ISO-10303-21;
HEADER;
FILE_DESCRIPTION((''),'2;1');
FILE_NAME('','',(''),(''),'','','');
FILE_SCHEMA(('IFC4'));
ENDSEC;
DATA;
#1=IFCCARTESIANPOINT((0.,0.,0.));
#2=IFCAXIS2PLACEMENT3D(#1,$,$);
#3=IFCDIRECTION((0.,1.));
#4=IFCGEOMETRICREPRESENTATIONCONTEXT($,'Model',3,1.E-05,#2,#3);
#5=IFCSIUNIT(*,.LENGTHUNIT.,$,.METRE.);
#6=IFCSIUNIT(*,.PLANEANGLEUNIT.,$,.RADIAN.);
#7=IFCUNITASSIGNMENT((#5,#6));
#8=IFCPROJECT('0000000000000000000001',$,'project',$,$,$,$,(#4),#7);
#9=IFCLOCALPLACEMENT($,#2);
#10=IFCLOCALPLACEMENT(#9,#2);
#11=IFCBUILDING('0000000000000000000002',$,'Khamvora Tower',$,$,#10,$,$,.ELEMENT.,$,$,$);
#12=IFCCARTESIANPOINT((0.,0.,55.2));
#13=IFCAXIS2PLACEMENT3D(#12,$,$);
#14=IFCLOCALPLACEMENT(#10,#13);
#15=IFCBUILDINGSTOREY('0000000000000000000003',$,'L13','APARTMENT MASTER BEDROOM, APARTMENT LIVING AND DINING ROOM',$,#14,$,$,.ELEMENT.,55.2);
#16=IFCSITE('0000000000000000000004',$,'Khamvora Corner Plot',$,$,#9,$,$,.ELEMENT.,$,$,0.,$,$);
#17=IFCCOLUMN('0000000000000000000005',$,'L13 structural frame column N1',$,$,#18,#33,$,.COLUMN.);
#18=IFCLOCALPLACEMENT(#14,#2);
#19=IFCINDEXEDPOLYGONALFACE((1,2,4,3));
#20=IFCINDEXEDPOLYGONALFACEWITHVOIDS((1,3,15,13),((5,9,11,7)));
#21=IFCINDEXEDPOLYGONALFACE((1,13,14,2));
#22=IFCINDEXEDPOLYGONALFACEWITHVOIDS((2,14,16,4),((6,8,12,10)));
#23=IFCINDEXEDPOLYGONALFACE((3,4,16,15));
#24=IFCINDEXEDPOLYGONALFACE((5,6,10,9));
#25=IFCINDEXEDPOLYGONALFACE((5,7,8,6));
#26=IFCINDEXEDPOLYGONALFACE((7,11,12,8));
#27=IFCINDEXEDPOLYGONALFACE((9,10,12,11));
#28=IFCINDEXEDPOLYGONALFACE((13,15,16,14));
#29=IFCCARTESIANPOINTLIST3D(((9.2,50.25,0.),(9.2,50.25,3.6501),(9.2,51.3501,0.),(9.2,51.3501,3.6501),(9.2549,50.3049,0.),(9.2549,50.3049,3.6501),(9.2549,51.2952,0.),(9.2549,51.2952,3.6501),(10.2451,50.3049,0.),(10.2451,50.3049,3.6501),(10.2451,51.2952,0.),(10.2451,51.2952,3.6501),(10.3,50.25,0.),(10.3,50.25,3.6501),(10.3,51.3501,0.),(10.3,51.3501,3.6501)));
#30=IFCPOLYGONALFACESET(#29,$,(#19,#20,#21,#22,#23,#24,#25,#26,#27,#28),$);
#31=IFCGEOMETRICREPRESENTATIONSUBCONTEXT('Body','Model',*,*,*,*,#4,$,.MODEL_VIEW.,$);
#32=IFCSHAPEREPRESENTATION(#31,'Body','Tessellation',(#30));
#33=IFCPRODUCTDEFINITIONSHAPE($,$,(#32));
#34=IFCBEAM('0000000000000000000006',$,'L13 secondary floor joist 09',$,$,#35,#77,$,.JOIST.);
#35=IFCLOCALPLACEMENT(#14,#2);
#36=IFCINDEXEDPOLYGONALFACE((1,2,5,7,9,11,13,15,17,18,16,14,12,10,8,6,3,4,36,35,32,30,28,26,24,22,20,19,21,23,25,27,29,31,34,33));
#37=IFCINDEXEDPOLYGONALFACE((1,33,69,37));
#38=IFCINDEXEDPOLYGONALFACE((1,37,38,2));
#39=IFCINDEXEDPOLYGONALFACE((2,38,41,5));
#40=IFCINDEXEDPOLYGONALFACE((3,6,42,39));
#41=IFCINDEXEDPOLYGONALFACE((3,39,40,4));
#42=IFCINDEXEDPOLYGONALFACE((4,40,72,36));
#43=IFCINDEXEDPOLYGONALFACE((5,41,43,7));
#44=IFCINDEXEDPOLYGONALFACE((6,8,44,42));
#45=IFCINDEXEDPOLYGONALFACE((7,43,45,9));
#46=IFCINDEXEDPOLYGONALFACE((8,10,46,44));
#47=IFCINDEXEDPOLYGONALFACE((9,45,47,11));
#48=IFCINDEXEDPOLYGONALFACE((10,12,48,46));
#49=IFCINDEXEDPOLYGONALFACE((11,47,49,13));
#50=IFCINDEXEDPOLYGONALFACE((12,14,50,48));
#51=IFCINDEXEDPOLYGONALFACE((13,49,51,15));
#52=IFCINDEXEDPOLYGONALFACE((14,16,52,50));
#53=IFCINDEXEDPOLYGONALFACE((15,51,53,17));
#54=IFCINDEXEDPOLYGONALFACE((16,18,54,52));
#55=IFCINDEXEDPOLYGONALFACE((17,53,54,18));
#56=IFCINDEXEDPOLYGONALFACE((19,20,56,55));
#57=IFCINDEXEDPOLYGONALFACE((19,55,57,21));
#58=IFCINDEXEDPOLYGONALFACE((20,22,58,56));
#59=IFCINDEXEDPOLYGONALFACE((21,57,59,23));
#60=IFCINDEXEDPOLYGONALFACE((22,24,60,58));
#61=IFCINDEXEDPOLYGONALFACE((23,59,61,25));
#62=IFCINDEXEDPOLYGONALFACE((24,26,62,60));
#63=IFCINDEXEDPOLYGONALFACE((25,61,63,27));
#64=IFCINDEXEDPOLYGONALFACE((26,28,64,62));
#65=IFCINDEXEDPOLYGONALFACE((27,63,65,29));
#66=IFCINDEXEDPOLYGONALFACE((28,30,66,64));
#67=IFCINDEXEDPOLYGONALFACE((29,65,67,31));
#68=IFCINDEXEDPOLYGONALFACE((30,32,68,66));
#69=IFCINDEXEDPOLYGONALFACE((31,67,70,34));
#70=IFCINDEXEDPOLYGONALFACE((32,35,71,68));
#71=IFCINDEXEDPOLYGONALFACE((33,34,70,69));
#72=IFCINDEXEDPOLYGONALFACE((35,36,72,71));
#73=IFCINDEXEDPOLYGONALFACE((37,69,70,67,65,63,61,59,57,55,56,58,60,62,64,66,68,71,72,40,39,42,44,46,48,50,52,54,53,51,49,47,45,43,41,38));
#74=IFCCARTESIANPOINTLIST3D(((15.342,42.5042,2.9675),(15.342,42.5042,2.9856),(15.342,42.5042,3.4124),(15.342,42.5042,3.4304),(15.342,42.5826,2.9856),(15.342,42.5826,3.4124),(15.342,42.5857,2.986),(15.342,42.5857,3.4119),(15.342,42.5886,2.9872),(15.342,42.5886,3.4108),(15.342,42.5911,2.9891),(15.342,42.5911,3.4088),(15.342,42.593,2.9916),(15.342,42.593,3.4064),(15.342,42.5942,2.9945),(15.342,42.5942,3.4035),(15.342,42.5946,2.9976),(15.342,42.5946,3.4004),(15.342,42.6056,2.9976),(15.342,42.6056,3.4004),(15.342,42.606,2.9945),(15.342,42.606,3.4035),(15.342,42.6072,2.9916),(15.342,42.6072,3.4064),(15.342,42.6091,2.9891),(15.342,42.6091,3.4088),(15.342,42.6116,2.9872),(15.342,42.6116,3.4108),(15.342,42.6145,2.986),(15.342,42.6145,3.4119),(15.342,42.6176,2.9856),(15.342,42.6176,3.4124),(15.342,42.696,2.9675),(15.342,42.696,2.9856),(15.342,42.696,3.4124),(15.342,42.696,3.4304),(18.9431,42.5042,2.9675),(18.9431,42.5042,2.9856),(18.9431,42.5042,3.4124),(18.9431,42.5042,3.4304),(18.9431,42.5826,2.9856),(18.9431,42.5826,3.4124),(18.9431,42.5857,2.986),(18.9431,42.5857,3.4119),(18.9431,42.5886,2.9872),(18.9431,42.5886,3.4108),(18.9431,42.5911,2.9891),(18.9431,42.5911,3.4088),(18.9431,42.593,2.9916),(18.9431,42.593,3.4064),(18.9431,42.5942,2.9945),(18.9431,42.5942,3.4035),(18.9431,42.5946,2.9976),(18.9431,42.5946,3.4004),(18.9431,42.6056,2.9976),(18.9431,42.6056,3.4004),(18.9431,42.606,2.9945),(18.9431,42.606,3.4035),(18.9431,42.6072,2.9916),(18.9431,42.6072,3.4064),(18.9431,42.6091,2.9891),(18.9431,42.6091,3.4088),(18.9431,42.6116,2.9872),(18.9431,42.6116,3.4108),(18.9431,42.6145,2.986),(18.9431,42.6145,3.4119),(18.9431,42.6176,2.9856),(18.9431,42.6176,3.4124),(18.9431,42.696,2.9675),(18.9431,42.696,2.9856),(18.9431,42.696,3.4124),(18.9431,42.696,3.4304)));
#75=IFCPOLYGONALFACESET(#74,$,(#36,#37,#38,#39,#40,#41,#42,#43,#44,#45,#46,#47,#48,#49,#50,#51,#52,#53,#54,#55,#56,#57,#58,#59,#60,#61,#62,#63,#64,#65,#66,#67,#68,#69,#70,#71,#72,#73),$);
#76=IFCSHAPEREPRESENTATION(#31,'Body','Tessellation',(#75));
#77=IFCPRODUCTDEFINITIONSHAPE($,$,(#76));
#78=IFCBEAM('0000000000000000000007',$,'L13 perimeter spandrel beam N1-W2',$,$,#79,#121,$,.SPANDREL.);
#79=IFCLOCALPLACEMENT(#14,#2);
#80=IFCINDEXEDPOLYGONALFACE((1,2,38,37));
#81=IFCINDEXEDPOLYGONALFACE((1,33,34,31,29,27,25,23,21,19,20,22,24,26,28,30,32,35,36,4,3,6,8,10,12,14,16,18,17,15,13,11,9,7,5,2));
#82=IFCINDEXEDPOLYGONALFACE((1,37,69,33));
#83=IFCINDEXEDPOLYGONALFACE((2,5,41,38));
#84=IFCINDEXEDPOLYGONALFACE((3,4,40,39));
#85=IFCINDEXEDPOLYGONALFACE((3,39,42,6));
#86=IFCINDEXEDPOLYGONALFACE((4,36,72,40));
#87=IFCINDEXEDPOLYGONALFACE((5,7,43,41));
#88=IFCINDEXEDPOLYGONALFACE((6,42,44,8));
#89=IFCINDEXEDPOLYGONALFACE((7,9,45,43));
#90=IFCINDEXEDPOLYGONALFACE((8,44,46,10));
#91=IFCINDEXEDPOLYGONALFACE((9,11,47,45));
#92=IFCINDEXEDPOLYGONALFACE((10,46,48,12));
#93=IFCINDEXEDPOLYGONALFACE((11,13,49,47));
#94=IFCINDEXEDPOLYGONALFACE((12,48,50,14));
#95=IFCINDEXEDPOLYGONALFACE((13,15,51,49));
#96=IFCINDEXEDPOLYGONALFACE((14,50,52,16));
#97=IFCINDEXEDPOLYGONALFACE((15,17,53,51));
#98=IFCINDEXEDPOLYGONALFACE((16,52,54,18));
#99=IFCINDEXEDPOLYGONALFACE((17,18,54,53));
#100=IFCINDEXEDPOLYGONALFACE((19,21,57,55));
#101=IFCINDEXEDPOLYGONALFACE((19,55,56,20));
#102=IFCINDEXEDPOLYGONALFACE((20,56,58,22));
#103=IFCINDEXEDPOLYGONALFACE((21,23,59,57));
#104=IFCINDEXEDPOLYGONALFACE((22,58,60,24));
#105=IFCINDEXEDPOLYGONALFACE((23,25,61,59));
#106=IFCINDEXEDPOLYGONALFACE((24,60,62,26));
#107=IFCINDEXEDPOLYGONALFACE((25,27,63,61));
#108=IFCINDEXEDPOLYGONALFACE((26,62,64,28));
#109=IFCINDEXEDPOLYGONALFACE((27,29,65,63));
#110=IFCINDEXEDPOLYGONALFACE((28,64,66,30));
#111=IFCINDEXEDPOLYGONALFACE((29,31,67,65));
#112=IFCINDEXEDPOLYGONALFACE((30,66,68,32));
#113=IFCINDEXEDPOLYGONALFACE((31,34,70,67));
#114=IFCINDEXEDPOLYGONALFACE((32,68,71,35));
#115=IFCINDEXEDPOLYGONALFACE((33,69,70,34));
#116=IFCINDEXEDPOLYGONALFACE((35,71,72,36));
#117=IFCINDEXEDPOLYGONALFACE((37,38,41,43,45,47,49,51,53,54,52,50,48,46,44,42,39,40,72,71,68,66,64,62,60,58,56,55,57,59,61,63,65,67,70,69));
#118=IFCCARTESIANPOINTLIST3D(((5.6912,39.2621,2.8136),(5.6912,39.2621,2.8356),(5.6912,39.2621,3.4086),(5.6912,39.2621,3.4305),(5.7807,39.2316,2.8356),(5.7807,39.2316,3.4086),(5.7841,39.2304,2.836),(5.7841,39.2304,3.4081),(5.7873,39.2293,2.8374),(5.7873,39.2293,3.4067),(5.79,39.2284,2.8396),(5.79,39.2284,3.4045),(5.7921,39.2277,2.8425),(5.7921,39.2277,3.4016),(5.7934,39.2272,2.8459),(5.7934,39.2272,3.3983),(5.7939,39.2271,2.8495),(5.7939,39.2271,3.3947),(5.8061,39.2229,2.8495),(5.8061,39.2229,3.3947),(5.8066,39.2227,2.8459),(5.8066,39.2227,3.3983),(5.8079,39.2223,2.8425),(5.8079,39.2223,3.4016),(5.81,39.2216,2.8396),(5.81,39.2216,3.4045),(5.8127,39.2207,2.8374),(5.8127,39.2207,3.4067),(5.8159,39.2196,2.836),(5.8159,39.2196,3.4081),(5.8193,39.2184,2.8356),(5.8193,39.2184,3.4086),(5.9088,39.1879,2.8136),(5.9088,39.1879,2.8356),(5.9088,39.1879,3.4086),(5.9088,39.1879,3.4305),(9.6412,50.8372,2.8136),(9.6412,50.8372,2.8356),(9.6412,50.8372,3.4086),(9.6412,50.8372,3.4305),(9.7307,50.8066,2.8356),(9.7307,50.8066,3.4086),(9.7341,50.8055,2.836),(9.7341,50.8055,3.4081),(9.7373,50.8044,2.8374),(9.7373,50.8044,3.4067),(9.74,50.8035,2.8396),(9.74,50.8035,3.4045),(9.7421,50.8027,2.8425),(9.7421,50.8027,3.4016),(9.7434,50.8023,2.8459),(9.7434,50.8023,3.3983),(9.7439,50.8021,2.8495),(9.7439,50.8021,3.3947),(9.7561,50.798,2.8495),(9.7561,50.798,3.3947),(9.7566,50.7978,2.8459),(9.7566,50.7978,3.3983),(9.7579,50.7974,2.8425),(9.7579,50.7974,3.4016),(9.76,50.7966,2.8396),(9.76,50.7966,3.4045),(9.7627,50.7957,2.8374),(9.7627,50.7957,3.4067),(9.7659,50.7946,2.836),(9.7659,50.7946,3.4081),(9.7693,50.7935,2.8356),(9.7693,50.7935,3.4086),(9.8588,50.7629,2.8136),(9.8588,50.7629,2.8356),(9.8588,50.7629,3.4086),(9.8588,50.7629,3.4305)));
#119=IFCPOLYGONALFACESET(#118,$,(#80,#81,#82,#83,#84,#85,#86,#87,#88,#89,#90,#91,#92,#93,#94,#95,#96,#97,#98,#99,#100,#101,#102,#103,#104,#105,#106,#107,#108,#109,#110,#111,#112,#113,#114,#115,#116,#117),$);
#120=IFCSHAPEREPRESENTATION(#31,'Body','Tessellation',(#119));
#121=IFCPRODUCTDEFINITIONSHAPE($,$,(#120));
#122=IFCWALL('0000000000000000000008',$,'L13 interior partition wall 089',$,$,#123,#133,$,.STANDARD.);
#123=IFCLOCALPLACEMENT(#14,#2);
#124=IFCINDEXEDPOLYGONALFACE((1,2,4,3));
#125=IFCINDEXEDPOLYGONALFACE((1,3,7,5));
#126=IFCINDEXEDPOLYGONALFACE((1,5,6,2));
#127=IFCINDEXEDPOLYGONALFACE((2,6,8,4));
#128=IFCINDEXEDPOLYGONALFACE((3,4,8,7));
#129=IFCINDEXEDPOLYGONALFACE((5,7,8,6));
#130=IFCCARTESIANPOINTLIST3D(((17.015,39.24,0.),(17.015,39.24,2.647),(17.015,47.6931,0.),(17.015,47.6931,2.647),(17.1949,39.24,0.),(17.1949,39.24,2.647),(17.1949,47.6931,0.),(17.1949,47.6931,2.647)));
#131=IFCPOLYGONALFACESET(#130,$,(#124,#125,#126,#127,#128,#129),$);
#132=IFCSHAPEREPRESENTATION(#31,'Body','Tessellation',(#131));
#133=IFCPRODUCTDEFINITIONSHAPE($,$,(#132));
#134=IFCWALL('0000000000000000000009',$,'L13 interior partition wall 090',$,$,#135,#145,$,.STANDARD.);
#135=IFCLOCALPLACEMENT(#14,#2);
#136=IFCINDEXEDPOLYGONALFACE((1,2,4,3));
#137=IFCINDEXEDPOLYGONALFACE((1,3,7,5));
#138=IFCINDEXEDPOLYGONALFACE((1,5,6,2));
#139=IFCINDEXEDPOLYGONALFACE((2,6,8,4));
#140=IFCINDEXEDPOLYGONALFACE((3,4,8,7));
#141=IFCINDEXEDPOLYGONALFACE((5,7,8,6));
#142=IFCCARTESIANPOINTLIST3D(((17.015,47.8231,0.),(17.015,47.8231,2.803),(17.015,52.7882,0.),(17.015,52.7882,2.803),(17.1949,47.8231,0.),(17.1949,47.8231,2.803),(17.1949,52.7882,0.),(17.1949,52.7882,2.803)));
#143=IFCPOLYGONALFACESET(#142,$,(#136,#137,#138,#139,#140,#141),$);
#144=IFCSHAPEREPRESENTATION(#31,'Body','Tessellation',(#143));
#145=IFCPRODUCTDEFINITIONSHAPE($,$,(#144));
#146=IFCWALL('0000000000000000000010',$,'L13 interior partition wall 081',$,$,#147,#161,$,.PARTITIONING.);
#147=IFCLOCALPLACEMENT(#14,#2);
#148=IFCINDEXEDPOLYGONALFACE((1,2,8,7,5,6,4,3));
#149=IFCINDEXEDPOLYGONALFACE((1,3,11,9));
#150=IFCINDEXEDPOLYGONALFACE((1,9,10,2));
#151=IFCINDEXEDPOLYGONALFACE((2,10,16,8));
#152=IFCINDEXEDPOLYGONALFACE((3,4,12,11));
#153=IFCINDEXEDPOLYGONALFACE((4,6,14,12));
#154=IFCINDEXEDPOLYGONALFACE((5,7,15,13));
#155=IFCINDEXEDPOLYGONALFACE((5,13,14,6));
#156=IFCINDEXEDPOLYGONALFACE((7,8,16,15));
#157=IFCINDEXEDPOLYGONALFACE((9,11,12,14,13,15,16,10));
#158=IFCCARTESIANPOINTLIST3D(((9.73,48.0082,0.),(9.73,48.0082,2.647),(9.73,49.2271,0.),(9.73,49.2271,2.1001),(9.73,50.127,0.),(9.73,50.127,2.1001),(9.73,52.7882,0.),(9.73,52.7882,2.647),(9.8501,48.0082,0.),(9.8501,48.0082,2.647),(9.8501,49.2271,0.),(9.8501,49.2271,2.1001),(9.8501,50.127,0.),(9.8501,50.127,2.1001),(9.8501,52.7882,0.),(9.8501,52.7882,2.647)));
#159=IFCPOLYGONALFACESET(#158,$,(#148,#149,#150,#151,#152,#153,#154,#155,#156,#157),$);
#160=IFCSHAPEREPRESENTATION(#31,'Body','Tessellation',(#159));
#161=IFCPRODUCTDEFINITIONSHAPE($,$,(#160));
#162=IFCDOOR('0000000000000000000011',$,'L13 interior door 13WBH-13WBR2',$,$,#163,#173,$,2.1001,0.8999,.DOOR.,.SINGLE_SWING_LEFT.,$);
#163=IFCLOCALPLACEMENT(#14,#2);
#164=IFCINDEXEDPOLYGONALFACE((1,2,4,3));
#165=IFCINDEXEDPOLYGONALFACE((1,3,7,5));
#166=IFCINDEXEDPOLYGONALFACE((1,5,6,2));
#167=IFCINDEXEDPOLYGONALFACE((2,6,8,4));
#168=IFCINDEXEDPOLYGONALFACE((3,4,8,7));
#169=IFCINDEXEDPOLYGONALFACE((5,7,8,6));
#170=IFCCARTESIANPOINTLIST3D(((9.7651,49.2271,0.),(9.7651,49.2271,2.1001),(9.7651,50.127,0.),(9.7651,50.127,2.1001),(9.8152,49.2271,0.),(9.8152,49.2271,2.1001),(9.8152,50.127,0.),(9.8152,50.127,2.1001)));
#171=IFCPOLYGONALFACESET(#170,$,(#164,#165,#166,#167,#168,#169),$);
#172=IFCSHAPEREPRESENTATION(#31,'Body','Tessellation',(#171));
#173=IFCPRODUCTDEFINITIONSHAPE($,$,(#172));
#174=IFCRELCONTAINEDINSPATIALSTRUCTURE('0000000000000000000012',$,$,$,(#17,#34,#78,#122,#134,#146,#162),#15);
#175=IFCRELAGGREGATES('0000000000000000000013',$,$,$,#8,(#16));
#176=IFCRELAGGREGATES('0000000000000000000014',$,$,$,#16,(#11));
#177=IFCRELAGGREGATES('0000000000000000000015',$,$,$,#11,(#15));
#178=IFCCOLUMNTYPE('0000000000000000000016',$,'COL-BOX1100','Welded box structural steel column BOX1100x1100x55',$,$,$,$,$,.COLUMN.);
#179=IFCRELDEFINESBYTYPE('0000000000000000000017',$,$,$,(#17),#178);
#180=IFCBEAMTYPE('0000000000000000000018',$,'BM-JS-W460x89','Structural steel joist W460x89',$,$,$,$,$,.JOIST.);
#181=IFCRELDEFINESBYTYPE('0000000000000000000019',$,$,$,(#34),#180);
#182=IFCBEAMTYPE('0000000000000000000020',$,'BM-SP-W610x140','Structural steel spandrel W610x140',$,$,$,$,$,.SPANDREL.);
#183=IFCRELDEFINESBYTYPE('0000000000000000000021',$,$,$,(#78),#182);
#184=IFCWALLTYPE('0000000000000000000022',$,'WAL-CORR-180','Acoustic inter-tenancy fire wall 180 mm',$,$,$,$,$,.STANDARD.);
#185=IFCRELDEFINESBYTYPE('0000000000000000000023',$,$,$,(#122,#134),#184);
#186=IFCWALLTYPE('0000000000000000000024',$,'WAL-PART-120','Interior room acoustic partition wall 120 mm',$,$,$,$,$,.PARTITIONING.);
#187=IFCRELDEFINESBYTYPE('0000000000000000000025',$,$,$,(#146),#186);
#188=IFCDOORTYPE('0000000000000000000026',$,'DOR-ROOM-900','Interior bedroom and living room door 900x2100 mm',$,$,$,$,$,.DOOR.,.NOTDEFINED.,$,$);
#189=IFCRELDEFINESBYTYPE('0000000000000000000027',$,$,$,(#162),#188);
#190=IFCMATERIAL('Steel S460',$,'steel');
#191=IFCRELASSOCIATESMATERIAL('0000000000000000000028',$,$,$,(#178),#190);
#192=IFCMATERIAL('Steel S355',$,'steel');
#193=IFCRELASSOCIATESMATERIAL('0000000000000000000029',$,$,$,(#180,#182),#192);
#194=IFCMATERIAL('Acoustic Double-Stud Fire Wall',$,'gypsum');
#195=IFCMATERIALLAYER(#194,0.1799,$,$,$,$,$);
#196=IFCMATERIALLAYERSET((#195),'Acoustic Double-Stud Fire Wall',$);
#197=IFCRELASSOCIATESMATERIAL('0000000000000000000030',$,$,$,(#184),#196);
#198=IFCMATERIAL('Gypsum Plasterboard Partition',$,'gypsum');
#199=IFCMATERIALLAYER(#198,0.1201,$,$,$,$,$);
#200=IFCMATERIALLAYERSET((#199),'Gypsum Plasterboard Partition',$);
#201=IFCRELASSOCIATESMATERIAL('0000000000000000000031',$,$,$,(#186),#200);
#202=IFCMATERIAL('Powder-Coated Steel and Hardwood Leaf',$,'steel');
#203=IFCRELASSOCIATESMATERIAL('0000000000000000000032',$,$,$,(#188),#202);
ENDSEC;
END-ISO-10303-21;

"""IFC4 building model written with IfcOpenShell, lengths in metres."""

from ifc_helpers import new_model, si_unit, direction, frame, frame_2d, origin, origin_2d, place, context, subcontext, project, spatial, rectangle, hollow_rectangle, i_section, extrude, material, layer, layer_set, material_profile, profile_set, type_object, element, fill, save


model = new_model("IFC4")

# Units and contexts
model_context = context("Model", 3, precision=1e-05, world=origin(), true_north=direction((0.0, 1.0)))
body_context = subcontext(model_context, "Body", "Model", "MODEL_VIEW")
ifc_project = project(units=[si_unit("LENGTHUNIT", "METRE"), si_unit("PLANEANGLEUNIT", "RADIAN")], contexts=[model_context])

# Site, building, storey
site_placement = place(None, origin())
site = spatial("IfcSite", under=ifc_project, at=site_placement, Name="Khamvora Corner Plot", CompositionType="ELEMENT", RefElevation=0.0)
building_placement = place(site_placement, origin())
building = spatial("IfcBuilding", under=site, at=building_placement, Name="Khamvora Tower", CompositionType="ELEMENT")
storey_placement = place(building_placement, frame((0.0, 0.0, 55.2)))
storey = spatial("IfcBuildingStorey", under=building, at=storey_placement, Name="L13", Description="APARTMENT MASTER BEDROOM, APARTMENT LIVING AND DINING ROOM", CompositionType="ELEMENT", Elevation=55.2)

# Column
ifc_material_1 = material(Name="Steel S460", Category="steel")
ifc_material_profile_1 = material_profile(ifc_material_1, hollow_rectangle(XDim=1.1001, YDim=1.1001, WallThickness=0.0549, at=origin_2d()), Name="BOX1100x1100x55")
ifc_profile_set_1 = profile_set([ifc_material_profile_1], Name="Steel S460")
column_type = type_object("IfcColumnType", Name="COL-BOX1100", Description="Welded box structural steel column BOX1100x1100x55", PredefinedType="COLUMN", material=ifc_profile_set_1)
column_placement = place(storey_placement, frame((9.75, 50.8, 0.0), z_axis=(0.0, 0.0, 1.0), x_axis=(1.0, 0.0, 0.0)))
element("IfcColumn", 1, at=column_placement, inside=storey, type_object=column_type, Name="L13 structural frame column N1", PredefinedType="COLUMN", context=body_context, shape_type="SweptSolid", body=[
    extrude(hollow_rectangle(XDim=1.1001, YDim=1.1001, WallThickness=0.0549, at=origin_2d()), origin(), (0.0, 0.0, 1.0), 3.6501),
])

# Beams
ifc_material_2 = material(Name="Steel S355", Category="steel")
ifc_material_profile_2 = material_profile(ifc_material_2, i_section(OverallWidth=0.1919, OverallDepth=0.4629, WebThickness=0.011, FlangeThickness=0.0181, FilletRadius=0.012, at=origin_2d()), Name="W460x89")
ifc_profile_set_2 = profile_set([ifc_material_profile_2], Name="Steel S355")
beam_type_1 = type_object("IfcBeamType", Name="BM-JS-W460x89", Description="Structural steel joist W460x89", PredefinedType="JOIST", material=ifc_profile_set_2)
beam_1_placement = place(storey_placement, frame((15.342, 42.6001, 3.199), z_axis=(1.0, 0.0, 0.0), x_axis=(0.0, 1.0, 0.0)))
element("IfcBeam", 2, at=beam_1_placement, inside=storey, type_object=beam_type_1, Name="L13 secondary floor joist 09", PredefinedType="JOIST", context=body_context, shape_type="SweptSolid", body=[
    extrude(i_section(OverallWidth=0.1919, OverallDepth=0.4629, WebThickness=0.011, FlangeThickness=0.0181, FilletRadius=0.012, at=origin_2d()), origin(), (0.0, 0.0, 1.0), 3.6011),
])
ifc_material_profile_3 = material_profile(ifc_material_2, i_section(OverallWidth=0.23, OverallDepth=0.6169, WebThickness=0.0129, FlangeThickness=0.022, FilletRadius=0.0139, at=origin_2d()), Name="W610x140")
ifc_profile_set_3 = profile_set([ifc_material_profile_3], Name="Steel S355")
beam_type_2 = type_object("IfcBeamType", Name="BM-SP-W610x140", Description="Structural steel spandrel W610x140", PredefinedType="SPANDREL", material=ifc_profile_set_3)
beam_2_placement = place(storey_placement, frame((9.75, 50.8, 3.1221), z_axis=(-0.322963, -0.946412, 0.0), x_axis=(0.946412, -0.322963, 0.0)))
element("IfcBeam", 3, at=beam_2_placement, inside=storey, type_object=beam_type_2, Name="L13 perimeter spandrel beam N1-W2", PredefinedType="SPANDREL", context=body_context, shape_type="SweptSolid", body=[
    extrude(i_section(OverallWidth=0.23, OverallDepth=0.6169, WebThickness=0.0129, FlangeThickness=0.022, FilletRadius=0.0139, at=origin_2d()), origin(), (0.0, 0.0, 1.0), 12.2305),
])

# Walls
ifc_material_3 = material(Name="Acoustic Double-Stud Fire Wall", Category="gypsum")
ifc_layer_1 = layer(ifc_material_3, 0.1799)
ifc_layer_set_1 = layer_set([ifc_layer_1], Name="Acoustic Double-Stud Fire Wall")
wall_type_1 = type_object("IfcWallType", Name="WAL-CORR-180", Description="Acoustic inter-tenancy fire wall 180 mm", PredefinedType="STANDARD", material=ifc_layer_set_1)
wall_1_placement = place(storey_placement, frame((17.105, 47.6931, 0.0), z_axis=(0.0, 0.0, 1.0), x_axis=(0.0, -1.0, 0.0)))
element("IfcWall", 4, at=wall_1_placement, inside=storey, type_object=wall_type_1, Name="L13 interior partition wall 089", PredefinedType="STANDARD", context=body_context, shape_type="SweptSolid", body=[
    extrude(rectangle(XDim=8.4531, YDim=0.1799, at=frame_2d((4.2266, 0.0))), origin(), (0.0, 0.0, 1.0), 2.647),
])
wall_2_placement = place(storey_placement, frame((17.105, 52.7881, 0.0), z_axis=(0.0, 0.0, 1.0), x_axis=(0.0, -1.0, 0.0)))
element("IfcWall", 5, at=wall_2_placement, inside=storey, type_object=wall_type_1, Name="L13 interior partition wall 090", PredefinedType="STANDARD", context=body_context, shape_type="SweptSolid", body=[
    extrude(rectangle(XDim=4.9651, YDim=0.1799, at=frame_2d((2.4824, 0.0))), origin(), (0.0, 0.0, 1.0), 2.803),
])

# Wall, opening, door
ifc_material_4 = material(Name="Gypsum Plasterboard Partition", Category="gypsum")
ifc_layer_2 = layer(ifc_material_4, 0.1201)
ifc_layer_set_2 = layer_set([ifc_layer_2], Name="Gypsum Plasterboard Partition")
wall_type_2 = type_object("IfcWallType", Name="WAL-PART-120", Description="Interior room acoustic partition wall 120 mm", PredefinedType="PARTITIONING", material=ifc_layer_set_2)
wall_3_placement = place(storey_placement, frame((9.79, 48.0081, 0.0), z_axis=(0.0, 0.0, 1.0), x_axis=(0.0, 1.0, 0.0)))
wall_3 = element("IfcWall", 6, at=wall_3_placement, inside=storey, type_object=wall_type_2, Name="L13 interior partition wall 081", PredefinedType="PARTITIONING", context=body_context, shape_type="SweptSolid", body=[
    extrude(rectangle(XDim=4.78, YDim=0.1201, at=frame_2d((2.3901, 0.0))), origin(), (0.0, 0.0, 1.0), 2.647),
])
opening_1_placement = place(wall_3_placement, frame((1.219, 0.0, 0.0)))
opening_1 = element("IfcOpeningElement", 7, at=opening_1_placement, cuts=wall_3, PredefinedType="OPENING", context=body_context, shape_type="SweptSolid", body=[
    extrude(rectangle(XDim=0.8999, YDim=2.1001, at=frame_2d((0.45, 1.05))), frame((0.0, 0.0701, 0.0), z_axis=(0.0, -1.0, 0.0), x_axis=(1.0, 0.0, 0.0)), (0.0, 0.0, 1.0), 0.1401),
])
ifc_material_5 = material(Name="Powder-Coated Steel and Hardwood Leaf", Category="steel")
door_type = type_object("IfcDoorType", Name="DOR-ROOM-900", Description="Interior bedroom and living room door 900x2100 mm", OperationType="NOTDEFINED", PredefinedType="DOOR", material=ifc_material_5)
door_1_placement = place(opening_1_placement, origin())
door_1 = element("IfcDoor", 8, at=door_1_placement, inside=storey, type_object=door_type, Name="L13 interior door 13WBH-13WBR2", OperationType="SINGLE_SWING_LEFT", OverallHeight=2.1001, OverallWidth=0.8999, PredefinedType="DOOR", context=body_context, shape_type="SweptSolid", body=[
    extrude(rectangle(XDim=0.8999, YDim=2.1001, at=frame_2d((0.45, 1.05))), frame((0.0, 0.0249, 0.0), z_axis=(0.0, -1.0, 0.0), x_axis=(1.0, 0.0, 0.0)), (0.0, 0.0, 1.0), 0.05),
])
fill(opening_1, door_1)

save(model, "model.ifc")
